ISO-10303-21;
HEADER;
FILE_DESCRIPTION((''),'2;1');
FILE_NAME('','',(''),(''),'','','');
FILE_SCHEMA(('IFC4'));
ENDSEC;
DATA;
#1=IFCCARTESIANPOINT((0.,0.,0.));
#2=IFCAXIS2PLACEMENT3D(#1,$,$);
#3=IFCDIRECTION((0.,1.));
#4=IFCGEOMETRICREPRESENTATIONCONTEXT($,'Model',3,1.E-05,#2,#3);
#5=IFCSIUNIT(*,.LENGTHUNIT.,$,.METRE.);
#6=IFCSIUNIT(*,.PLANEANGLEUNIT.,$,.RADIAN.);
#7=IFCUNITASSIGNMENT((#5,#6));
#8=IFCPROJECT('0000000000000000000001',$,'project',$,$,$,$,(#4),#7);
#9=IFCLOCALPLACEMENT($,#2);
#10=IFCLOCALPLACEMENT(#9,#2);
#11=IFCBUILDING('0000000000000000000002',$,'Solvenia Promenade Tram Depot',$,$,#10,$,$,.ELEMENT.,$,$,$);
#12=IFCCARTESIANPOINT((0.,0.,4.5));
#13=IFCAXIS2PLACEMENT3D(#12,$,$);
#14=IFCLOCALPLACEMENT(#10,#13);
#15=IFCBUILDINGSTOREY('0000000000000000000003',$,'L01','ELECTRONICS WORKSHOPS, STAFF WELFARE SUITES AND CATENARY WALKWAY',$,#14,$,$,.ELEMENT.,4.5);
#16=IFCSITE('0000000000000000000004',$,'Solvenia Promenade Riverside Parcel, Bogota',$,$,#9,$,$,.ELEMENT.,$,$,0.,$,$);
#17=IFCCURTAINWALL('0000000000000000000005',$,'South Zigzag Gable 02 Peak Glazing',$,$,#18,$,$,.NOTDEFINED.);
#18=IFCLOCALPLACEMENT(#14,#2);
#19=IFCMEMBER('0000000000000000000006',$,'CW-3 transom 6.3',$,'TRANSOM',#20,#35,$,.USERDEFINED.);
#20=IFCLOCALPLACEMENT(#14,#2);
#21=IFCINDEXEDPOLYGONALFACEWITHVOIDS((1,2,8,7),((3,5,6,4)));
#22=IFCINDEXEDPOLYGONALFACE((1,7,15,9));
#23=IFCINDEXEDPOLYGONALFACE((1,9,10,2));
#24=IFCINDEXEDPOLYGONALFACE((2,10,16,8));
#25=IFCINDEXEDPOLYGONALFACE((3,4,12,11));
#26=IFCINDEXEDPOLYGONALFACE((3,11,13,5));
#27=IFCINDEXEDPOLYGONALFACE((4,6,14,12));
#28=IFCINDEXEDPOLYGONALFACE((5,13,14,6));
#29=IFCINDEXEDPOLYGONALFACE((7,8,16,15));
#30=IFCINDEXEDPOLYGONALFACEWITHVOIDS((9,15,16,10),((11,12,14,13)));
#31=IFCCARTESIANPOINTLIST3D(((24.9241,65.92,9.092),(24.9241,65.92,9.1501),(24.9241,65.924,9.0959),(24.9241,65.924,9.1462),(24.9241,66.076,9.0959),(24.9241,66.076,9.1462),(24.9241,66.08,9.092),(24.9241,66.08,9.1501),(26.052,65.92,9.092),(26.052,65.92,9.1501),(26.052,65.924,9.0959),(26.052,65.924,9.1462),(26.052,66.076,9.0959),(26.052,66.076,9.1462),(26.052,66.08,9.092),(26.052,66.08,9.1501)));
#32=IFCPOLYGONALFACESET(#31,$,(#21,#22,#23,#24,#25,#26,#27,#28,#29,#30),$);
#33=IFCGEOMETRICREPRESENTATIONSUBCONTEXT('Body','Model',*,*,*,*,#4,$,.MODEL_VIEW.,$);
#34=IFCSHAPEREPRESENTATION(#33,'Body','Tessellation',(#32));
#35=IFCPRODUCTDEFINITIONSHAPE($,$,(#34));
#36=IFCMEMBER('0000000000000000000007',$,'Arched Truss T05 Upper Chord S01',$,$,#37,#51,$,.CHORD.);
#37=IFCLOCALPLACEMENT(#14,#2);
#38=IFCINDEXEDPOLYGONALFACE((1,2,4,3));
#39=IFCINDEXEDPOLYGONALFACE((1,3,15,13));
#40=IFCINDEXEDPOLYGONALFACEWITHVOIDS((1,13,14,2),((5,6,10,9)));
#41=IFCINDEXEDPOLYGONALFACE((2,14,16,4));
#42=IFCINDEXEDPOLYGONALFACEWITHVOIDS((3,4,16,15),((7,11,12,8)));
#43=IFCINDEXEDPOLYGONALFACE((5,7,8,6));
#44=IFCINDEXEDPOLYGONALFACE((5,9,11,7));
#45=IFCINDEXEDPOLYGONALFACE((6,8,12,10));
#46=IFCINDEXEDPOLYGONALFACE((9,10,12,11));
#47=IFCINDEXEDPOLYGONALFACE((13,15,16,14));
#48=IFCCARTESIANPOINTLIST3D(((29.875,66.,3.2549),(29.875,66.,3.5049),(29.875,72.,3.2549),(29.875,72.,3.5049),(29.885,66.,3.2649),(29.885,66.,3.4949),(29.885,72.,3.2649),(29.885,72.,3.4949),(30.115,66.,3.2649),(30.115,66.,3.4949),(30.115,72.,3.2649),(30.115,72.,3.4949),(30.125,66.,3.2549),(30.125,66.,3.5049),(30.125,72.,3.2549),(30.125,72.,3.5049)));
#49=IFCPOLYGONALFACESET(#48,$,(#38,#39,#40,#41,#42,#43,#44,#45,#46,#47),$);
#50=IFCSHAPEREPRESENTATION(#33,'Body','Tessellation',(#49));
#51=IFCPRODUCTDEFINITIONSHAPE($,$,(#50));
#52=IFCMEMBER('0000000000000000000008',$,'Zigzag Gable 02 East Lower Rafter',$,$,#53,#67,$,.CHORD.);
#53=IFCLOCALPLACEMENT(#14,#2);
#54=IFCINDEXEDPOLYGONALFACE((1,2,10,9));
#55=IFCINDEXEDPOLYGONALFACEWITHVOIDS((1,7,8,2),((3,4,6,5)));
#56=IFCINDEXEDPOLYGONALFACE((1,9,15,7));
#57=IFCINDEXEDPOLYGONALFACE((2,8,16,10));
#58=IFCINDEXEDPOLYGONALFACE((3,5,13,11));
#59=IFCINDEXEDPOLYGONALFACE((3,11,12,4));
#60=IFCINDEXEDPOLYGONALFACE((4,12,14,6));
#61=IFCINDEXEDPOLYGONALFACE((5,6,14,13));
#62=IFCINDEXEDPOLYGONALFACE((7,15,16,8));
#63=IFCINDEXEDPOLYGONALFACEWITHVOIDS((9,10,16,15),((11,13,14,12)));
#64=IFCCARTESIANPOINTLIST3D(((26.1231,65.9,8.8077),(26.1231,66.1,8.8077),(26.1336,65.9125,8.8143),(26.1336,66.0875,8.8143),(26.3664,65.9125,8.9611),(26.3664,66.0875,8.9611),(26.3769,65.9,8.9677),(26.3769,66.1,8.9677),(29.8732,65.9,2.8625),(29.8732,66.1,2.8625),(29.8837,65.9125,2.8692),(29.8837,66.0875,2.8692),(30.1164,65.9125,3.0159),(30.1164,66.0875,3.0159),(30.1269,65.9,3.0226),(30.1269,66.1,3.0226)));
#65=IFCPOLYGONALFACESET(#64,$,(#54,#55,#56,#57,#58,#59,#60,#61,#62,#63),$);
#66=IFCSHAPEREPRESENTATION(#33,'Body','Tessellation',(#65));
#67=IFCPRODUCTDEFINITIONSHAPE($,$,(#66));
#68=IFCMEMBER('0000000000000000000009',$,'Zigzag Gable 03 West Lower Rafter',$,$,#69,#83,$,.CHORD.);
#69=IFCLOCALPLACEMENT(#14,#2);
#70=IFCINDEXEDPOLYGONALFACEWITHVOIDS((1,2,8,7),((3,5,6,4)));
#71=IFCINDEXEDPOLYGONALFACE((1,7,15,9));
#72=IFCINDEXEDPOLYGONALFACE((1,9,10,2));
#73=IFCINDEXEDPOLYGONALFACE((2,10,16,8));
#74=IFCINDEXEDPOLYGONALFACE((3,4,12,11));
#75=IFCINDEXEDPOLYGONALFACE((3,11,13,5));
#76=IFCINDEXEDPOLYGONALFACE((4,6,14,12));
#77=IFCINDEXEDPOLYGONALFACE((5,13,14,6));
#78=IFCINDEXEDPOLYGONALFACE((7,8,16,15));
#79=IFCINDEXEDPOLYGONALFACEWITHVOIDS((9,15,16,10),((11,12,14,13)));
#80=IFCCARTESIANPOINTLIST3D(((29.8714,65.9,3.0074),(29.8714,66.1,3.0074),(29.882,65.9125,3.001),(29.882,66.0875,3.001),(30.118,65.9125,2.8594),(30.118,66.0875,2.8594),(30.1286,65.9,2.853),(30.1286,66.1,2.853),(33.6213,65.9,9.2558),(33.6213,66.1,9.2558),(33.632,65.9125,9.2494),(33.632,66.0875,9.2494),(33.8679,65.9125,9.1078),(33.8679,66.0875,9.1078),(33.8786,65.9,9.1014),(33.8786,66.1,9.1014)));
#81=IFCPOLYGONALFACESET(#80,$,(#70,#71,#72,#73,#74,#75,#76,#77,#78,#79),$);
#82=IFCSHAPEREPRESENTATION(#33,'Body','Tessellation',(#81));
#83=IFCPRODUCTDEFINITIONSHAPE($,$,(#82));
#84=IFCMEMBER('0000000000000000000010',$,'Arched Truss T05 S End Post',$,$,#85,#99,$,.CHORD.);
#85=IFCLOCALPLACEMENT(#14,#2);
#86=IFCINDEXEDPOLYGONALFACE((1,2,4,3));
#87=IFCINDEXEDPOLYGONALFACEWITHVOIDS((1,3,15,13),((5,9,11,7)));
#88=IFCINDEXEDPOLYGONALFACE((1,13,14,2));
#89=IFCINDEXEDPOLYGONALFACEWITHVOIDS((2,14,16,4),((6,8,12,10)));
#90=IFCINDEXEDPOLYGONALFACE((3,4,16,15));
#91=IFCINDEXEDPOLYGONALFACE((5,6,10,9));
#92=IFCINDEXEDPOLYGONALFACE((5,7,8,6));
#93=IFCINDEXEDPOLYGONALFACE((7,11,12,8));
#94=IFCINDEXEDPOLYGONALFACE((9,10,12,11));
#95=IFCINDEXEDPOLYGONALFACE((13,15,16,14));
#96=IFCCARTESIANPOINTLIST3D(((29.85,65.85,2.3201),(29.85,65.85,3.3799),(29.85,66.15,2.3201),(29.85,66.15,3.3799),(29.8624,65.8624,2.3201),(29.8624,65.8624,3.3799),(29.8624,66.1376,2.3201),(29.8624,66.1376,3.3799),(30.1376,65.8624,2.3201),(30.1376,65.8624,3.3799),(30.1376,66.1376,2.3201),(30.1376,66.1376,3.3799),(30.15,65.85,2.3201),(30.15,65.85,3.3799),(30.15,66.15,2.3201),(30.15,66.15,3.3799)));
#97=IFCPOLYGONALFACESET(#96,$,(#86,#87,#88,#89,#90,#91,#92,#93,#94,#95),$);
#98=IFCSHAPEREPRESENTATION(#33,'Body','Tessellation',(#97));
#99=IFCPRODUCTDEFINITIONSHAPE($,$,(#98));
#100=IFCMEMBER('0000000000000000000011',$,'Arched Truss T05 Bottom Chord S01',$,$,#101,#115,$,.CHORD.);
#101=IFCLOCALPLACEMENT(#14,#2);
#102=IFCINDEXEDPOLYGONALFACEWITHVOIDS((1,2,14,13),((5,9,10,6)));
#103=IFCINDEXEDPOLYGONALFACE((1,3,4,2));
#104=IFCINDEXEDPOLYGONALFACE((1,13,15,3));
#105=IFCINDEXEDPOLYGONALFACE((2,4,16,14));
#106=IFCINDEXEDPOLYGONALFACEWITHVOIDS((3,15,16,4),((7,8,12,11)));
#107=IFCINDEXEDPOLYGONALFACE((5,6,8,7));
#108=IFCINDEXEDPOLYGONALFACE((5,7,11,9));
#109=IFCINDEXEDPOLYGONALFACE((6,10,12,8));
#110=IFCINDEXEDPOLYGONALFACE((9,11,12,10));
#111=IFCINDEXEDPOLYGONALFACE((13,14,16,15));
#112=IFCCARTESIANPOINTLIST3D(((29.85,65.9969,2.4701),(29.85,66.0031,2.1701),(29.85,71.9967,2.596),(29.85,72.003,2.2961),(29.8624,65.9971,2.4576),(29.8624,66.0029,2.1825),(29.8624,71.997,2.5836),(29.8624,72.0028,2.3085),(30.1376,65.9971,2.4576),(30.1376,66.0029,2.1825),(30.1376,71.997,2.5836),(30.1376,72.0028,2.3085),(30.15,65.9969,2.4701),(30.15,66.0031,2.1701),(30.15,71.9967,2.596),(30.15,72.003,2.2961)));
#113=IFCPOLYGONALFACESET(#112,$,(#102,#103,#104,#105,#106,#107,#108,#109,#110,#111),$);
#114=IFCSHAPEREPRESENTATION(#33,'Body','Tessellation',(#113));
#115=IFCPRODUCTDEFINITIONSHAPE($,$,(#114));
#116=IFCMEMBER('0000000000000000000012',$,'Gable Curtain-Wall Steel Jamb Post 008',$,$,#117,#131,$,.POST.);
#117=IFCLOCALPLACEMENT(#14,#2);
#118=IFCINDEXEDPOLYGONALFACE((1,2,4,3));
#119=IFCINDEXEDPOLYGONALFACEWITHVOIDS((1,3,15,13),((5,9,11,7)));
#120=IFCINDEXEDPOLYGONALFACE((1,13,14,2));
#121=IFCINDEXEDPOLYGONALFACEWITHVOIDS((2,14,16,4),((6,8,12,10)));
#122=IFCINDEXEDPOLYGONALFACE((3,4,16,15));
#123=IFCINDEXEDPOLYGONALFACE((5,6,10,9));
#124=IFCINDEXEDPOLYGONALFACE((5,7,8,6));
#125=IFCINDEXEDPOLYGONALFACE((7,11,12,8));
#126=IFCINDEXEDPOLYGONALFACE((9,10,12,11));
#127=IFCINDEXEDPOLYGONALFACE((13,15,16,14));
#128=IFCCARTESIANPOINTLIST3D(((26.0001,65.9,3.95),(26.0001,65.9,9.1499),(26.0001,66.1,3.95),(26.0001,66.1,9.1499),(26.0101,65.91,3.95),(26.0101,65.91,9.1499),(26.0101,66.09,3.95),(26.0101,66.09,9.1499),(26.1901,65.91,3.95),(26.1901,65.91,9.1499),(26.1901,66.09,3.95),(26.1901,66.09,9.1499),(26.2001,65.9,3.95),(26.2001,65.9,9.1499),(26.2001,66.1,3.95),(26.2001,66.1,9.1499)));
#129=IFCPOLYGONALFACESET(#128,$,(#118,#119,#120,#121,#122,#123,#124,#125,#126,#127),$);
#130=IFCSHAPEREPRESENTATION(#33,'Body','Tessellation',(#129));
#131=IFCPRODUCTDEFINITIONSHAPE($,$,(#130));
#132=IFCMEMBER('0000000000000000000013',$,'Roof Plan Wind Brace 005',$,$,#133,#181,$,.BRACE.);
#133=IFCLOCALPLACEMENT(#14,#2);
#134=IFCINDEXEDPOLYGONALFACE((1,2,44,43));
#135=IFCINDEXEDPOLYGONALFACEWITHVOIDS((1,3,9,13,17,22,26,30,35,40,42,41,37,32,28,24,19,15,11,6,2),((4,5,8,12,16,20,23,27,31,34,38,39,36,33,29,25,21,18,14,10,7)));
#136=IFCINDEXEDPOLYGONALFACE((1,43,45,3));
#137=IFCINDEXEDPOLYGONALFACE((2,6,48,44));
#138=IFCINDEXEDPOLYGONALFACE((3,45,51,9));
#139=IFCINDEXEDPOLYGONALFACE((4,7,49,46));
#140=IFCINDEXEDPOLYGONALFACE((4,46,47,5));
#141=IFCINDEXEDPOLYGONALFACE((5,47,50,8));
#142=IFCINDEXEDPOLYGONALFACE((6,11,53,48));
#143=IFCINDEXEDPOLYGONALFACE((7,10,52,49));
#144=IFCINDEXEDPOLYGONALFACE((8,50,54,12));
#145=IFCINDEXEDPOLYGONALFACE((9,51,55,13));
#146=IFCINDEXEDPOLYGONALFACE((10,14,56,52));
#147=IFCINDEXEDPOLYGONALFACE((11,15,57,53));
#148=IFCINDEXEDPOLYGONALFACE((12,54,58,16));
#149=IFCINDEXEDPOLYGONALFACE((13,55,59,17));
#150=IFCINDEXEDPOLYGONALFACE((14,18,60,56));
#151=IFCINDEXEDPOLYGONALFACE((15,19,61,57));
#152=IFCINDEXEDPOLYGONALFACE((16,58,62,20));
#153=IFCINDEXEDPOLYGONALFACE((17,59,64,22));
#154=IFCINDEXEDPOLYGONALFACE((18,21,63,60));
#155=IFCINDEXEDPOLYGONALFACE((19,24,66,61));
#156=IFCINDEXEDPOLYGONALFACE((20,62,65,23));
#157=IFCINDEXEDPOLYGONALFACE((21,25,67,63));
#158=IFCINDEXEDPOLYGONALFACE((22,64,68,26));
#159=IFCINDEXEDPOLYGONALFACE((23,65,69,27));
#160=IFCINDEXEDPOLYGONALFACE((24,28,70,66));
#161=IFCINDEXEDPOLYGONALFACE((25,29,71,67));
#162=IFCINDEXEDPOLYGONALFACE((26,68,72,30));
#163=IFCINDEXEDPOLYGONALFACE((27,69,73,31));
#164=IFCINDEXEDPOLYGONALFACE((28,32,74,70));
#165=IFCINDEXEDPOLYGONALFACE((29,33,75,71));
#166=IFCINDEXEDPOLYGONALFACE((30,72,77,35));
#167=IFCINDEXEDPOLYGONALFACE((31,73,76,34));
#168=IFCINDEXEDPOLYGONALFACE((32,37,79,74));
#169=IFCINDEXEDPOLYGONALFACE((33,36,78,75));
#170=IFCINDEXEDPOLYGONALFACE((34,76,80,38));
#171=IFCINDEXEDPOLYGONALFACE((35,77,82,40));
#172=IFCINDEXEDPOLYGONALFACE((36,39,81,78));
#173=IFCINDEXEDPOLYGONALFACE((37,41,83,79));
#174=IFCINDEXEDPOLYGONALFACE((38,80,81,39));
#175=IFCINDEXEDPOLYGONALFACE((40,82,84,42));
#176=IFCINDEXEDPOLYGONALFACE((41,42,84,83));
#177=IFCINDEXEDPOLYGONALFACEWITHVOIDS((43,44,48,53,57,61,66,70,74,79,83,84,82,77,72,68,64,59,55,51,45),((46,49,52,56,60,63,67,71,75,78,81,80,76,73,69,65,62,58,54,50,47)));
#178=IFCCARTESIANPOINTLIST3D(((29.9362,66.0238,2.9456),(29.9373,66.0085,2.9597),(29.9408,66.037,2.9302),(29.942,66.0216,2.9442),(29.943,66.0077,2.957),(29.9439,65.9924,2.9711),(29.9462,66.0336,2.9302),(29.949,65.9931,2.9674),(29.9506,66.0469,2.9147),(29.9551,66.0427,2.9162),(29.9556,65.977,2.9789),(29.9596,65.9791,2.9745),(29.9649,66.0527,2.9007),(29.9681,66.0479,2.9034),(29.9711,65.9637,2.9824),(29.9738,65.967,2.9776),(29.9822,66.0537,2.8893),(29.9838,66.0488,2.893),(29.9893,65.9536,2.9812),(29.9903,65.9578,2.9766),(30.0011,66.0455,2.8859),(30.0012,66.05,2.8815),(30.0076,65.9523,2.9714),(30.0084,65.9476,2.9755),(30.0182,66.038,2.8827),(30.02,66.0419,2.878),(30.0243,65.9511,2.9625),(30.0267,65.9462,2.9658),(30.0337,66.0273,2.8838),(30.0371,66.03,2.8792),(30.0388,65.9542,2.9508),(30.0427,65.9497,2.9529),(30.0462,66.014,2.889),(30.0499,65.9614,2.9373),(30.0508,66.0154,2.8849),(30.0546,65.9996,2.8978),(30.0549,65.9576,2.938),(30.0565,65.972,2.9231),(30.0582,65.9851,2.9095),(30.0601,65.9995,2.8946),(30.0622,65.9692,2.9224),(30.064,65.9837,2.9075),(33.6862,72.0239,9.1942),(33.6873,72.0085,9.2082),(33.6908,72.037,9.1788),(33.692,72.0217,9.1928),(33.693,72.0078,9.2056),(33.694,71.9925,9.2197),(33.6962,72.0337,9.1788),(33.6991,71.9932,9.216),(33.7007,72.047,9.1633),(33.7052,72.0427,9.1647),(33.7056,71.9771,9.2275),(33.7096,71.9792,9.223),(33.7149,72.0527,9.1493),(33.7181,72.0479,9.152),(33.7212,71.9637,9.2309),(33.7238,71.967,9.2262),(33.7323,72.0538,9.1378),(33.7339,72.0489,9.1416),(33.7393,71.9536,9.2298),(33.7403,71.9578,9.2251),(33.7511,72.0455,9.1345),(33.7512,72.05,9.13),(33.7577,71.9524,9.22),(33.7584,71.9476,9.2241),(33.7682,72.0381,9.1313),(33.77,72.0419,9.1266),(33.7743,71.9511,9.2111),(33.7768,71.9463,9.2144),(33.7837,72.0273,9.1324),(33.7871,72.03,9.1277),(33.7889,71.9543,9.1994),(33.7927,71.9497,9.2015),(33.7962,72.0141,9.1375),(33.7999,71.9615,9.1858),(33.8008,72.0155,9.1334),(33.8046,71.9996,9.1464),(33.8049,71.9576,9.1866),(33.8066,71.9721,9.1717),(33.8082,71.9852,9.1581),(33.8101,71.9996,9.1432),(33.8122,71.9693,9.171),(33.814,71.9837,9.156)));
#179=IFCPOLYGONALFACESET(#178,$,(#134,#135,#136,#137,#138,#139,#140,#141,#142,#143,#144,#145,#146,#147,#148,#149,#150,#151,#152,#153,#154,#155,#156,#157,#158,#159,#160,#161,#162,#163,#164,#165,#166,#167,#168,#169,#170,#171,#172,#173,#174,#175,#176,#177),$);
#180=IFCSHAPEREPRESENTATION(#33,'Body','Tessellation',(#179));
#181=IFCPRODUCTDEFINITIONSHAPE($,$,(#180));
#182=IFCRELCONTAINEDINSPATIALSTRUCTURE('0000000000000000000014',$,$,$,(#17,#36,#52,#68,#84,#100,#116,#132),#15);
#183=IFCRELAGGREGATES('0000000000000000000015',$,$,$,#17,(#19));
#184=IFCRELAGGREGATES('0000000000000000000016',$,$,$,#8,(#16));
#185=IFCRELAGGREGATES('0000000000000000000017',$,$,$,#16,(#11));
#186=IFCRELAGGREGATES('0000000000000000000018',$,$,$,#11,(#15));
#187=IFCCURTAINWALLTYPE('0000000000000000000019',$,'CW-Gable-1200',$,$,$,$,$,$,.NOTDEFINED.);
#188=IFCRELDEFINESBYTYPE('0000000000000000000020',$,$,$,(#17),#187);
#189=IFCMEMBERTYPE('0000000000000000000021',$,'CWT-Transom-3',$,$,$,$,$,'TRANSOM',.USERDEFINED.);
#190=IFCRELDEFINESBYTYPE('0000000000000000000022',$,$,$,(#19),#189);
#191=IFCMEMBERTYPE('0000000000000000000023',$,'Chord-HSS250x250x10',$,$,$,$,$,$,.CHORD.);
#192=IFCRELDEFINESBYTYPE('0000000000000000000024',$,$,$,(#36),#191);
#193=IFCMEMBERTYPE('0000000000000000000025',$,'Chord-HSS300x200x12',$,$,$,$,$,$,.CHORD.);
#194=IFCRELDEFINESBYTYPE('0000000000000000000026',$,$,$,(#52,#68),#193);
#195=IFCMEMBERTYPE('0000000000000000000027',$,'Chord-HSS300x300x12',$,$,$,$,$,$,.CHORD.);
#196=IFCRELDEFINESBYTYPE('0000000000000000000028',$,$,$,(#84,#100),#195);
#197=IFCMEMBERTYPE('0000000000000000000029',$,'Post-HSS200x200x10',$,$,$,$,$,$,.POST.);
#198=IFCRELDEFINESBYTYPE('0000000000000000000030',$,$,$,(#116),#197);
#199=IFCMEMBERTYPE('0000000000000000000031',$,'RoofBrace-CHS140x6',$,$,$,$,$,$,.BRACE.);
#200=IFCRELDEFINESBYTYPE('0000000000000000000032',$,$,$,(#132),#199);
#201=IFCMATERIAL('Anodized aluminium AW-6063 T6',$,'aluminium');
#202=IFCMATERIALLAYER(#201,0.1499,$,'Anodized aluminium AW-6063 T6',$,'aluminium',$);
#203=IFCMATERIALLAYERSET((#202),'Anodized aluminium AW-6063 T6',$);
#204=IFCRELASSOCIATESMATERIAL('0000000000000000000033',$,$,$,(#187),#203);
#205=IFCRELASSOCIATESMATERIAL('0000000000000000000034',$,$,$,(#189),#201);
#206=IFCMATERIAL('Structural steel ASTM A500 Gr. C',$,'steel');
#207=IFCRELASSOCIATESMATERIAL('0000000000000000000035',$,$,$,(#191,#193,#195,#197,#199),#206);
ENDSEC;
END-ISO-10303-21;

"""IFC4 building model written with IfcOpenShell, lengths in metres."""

from ifc_helpers import new_model, si_unit, direction, frame, origin, origin_2d, place, context, subcontext, project, spatial, hollow_rectangle, hollow_circle, extrude, material, layer, layer_set, material_profile, profile_set, type_object, element, aggregate, save


model = new_model("IFC4")

# Units and contexts
model_context = context("Model", 3, precision=1e-05, world=origin(), true_north=direction((0.0, 1.0)))
body_context = subcontext(model_context, "Body", "Model", "MODEL_VIEW")
ifc_project = project(units=[si_unit("LENGTHUNIT", "METRE"), si_unit("PLANEANGLEUNIT", "RADIAN")], contexts=[model_context])

# Site, building, storey
site_placement = place(None, origin())
site = spatial("IfcSite", under=ifc_project, at=site_placement, Name="Solvenia Promenade Riverside Parcel, Bogota", CompositionType="ELEMENT", RefElevation=0.0)
building_placement = place(site_placement, origin())
building = spatial("IfcBuilding", under=site, at=building_placement, Name="Solvenia Promenade Tram Depot", CompositionType="ELEMENT")
storey_placement = place(building_placement, frame((0.0, 0.0, 4.5)))
storey = spatial("IfcBuildingStorey", under=building, at=storey_placement, Name="L01", Description="ELECTRONICS WORKSHOPS, STAFF WELFARE SUITES AND CATENARY WALKWAY", CompositionType="ELEMENT", Elevation=4.5)

# Curtain wall, member
ifc_material_1 = material(Name="Anodized aluminium AW-6063 T6", Category="aluminium")
ifc_layer_1 = layer(ifc_material_1, 0.1499, Name="Anodized aluminium AW-6063 T6", Category="aluminium")
ifc_layer_set_1 = layer_set([ifc_layer_1], Name="Anodized aluminium AW-6063 T6")
curtain_wall_type = type_object("IfcCurtainWallType", Name="CW-Gable-1200", PredefinedType="NOTDEFINED", material=ifc_layer_set_1)
curtain_wall_placement = place(storey_placement, origin())
curtain_wall = element("IfcCurtainWall", 1, at=curtain_wall_placement, inside=storey, type_object=curtain_wall_type, Name="South Zigzag Gable 02 Peak Glazing", PredefinedType="NOTDEFINED")
ifc_material_profile_1 = material_profile(ifc_material_1, hollow_rectangle(XDim=0.1599, YDim=0.0581, WallThickness=0.0039, at=origin_2d()), Name="ALU-T3", Category="aluminium")
ifc_profile_set_1 = profile_set([ifc_material_profile_1], Name="Anodized aluminium AW-6063 T6")
member_type_1 = type_object("IfcMemberType", Name="CWT-Transom-3", ElementType="TRANSOM", PredefinedType="USERDEFINED", material=ifc_profile_set_1)
member_1_placement = place(storey_placement, frame((24.9241, 66.0, 9.1211), z_axis=(1.0, 0.0, 0.0), x_axis=(0.0, 1.0, 0.0)))
member_1 = element("IfcMember", 2, at=member_1_placement, type_object=member_type_1, Name="CW-3 transom 6.3", ObjectType="TRANSOM", PredefinedType="USERDEFINED", context=body_context, shape_type="SweptSolid", body=[
    extrude(hollow_rectangle(XDim=0.1599, YDim=0.0581, WallThickness=0.0039, at=origin_2d()), origin(), (0.0, 0.0, 1.0), 1.1279),
])

# Members
ifc_material_2 = material(Name="Structural steel ASTM A500 Gr. C", Category="steel")
ifc_material_profile_2 = material_profile(ifc_material_2, hollow_rectangle(XDim=0.25, YDim=0.25, WallThickness=0.01, at=origin_2d()), Name="HSS250x250x10", Category="steel")
ifc_profile_set_2 = profile_set([ifc_material_profile_2], Name="Structural steel ASTM A500 Gr. C")
member_type_2 = type_object("IfcMemberType", Name="Chord-HSS250x250x10", PredefinedType="CHORD", material=ifc_profile_set_2)
member_2_placement = place(storey_placement, frame((30.0, 66.0, 3.3799), z_axis=(0.0, 1.0, 0.0), x_axis=(-1.0, 0.0, 0.0)))
element("IfcMember", 3, at=member_2_placement, inside=storey, type_object=member_type_2, Name="Arched Truss T05 Upper Chord S01", PredefinedType="CHORD", context=body_context, shape_type="SweptSolid", body=[
    extrude(hollow_rectangle(XDim=0.25, YDim=0.25, WallThickness=0.01, at=origin_2d()), origin(), (0.0, 0.0, 1.0), 6.0),
])
ifc_material_profile_3 = material_profile(ifc_material_2, hollow_rectangle(XDim=0.2, YDim=0.3, WallThickness=0.0125, at=origin_2d()), Name="HSS300x200x12.5", Category="steel")
ifc_profile_set_3 = profile_set([ifc_material_profile_3], Name="Structural steel ASTM A500 Gr. C")
member_type_3 = type_object("IfcMemberType", Name="Chord-HSS300x200x12", PredefinedType="CHORD", material=ifc_profile_set_3)
member_3_placement = place(storey_placement, frame((26.25, 66.0, 8.8877), z_axis=(0.533507, 0.0, -0.845796), x_axis=(0.0, 1.0, 0.0)))
element("IfcMember", 4, at=member_3_placement, inside=storey, type_object=member_type_3, Name="Zigzag Gable 02 East Lower Rafter", PredefinedType="CHORD", context=body_context, shape_type="SweptSolid", body=[
    extrude(hollow_rectangle(XDim=0.2, YDim=0.3, WallThickness=0.0125, at=origin_2d()), origin(), (0.0, 0.0, 1.0), 7.0291),
])
member_4_placement = place(storey_placement, frame((30.0, 66.0, 2.9302), z_axis=(0.514584, 0.0, 0.85744), x_axis=(0.0, 1.0, 0.0)))
element("IfcMember", 5, at=member_4_placement, inside=storey, type_object=member_type_3, Name="Zigzag Gable 03 West Lower Rafter", PredefinedType="CHORD", context=body_context, shape_type="SweptSolid", body=[
    extrude(hollow_rectangle(XDim=0.2, YDim=0.3, WallThickness=0.0125, at=origin_2d()), origin(), (0.0, 0.0, 1.0), 7.2874),
])
ifc_material_profile_4 = material_profile(ifc_material_2, hollow_rectangle(XDim=0.3, YDim=0.3, WallThickness=0.0125, at=origin_2d()), Name="HSS300x300x12.5", Category="steel")
ifc_profile_set_4 = profile_set([ifc_material_profile_4], Name="Structural steel ASTM A500 Gr. C")
member_type_4 = type_object("IfcMemberType", Name="Chord-HSS300x300x12", PredefinedType="CHORD", material=ifc_profile_set_4)
member_5_placement = place(storey_placement, frame((30.0, 66.0, 2.3201), z_axis=(0.0, 0.0, 1.0), x_axis=(1.0, 0.0, 0.0)))
element("IfcMember", 6, at=member_5_placement, inside=storey, type_object=member_type_4, Name="Arched Truss T05 S End Post", PredefinedType="CHORD", context=body_context, shape_type="SweptSolid", body=[
    extrude(hollow_rectangle(XDim=0.3, YDim=0.3, WallThickness=0.0125, at=origin_2d()), origin(), (0.0, 0.0, 1.0), 1.0598),
])
member_6_placement = place(storey_placement, frame((30.0, 66.0, 2.3201), z_axis=(0.0, 0.99978, 0.020991), x_axis=(-1.0, 0.0, 0.0)))
element("IfcMember", 7, at=member_6_placement, inside=storey, type_object=member_type_4, Name="Arched Truss T05 Bottom Chord S01", PredefinedType="CHORD", context=body_context, shape_type="SweptSolid", body=[
    extrude(hollow_rectangle(XDim=0.3, YDim=0.3, WallThickness=0.0125, at=origin_2d()), origin(), (0.0, 0.0, 1.0), 6.0012),
])
ifc_material_profile_5 = material_profile(ifc_material_2, hollow_rectangle(XDim=0.2, YDim=0.2, WallThickness=0.01, at=origin_2d()), Name="HSS200x200x10", Category="steel")
ifc_profile_set_5 = profile_set([ifc_material_profile_5], Name="Structural steel ASTM A500 Gr. C")
member_type_5 = type_object("IfcMemberType", Name="Post-HSS200x200x10", PredefinedType="POST", material=ifc_profile_set_5)
member_7_placement = place(storey_placement, frame((26.1001, 66.0, 3.95), z_axis=(0.0, 0.0, 1.0), x_axis=(1.0, 0.0, 0.0)))
element("IfcMember", 8, at=member_7_placement, inside=storey, type_object=member_type_5, Name="Gable Curtain-Wall Steel Jamb Post 008", PredefinedType="POST", context=body_context, shape_type="SweptSolid", body=[
    extrude(hollow_rectangle(XDim=0.2, YDim=0.2, WallThickness=0.01, at=origin_2d()), origin(), (0.0, 0.0, 1.0), 5.2),
])
ifc_material_profile_6 = material_profile(ifc_material_2, hollow_circle(Radius=0.0698, WallThickness=0.0063, at=origin_2d()), Name="CHS139.7x6.3", Category="steel")
ifc_profile_set_6 = profile_set([ifc_material_profile_6], Name="Structural steel ASTM A500 Gr. C")
member_type_6 = type_object("IfcMemberType", Name="RoofBrace-CHS140x6", PredefinedType="BRACE", material=ifc_profile_set_6)
member_8_placement = place(storey_placement, frame((30.0, 66.0, 2.9302), z_axis=(0.397261, 0.635618, 0.661947), x_axis=(-0.847998, 0.529999, 0.0)))
element("IfcMember", 9, at=member_8_placement, inside=storey, type_object=member_type_6, Name="Roof Plan Wind Brace 005", PredefinedType="BRACE", context=body_context, shape_type="SweptSolid", body=[
    extrude(hollow_circle(Radius=0.0698, WallThickness=0.0063, at=origin_2d()), origin(), (0.0, 0.0, 1.0), 9.4397),
])

aggregate(curtain_wall, [member_1])

save(model, "model.ifc")
